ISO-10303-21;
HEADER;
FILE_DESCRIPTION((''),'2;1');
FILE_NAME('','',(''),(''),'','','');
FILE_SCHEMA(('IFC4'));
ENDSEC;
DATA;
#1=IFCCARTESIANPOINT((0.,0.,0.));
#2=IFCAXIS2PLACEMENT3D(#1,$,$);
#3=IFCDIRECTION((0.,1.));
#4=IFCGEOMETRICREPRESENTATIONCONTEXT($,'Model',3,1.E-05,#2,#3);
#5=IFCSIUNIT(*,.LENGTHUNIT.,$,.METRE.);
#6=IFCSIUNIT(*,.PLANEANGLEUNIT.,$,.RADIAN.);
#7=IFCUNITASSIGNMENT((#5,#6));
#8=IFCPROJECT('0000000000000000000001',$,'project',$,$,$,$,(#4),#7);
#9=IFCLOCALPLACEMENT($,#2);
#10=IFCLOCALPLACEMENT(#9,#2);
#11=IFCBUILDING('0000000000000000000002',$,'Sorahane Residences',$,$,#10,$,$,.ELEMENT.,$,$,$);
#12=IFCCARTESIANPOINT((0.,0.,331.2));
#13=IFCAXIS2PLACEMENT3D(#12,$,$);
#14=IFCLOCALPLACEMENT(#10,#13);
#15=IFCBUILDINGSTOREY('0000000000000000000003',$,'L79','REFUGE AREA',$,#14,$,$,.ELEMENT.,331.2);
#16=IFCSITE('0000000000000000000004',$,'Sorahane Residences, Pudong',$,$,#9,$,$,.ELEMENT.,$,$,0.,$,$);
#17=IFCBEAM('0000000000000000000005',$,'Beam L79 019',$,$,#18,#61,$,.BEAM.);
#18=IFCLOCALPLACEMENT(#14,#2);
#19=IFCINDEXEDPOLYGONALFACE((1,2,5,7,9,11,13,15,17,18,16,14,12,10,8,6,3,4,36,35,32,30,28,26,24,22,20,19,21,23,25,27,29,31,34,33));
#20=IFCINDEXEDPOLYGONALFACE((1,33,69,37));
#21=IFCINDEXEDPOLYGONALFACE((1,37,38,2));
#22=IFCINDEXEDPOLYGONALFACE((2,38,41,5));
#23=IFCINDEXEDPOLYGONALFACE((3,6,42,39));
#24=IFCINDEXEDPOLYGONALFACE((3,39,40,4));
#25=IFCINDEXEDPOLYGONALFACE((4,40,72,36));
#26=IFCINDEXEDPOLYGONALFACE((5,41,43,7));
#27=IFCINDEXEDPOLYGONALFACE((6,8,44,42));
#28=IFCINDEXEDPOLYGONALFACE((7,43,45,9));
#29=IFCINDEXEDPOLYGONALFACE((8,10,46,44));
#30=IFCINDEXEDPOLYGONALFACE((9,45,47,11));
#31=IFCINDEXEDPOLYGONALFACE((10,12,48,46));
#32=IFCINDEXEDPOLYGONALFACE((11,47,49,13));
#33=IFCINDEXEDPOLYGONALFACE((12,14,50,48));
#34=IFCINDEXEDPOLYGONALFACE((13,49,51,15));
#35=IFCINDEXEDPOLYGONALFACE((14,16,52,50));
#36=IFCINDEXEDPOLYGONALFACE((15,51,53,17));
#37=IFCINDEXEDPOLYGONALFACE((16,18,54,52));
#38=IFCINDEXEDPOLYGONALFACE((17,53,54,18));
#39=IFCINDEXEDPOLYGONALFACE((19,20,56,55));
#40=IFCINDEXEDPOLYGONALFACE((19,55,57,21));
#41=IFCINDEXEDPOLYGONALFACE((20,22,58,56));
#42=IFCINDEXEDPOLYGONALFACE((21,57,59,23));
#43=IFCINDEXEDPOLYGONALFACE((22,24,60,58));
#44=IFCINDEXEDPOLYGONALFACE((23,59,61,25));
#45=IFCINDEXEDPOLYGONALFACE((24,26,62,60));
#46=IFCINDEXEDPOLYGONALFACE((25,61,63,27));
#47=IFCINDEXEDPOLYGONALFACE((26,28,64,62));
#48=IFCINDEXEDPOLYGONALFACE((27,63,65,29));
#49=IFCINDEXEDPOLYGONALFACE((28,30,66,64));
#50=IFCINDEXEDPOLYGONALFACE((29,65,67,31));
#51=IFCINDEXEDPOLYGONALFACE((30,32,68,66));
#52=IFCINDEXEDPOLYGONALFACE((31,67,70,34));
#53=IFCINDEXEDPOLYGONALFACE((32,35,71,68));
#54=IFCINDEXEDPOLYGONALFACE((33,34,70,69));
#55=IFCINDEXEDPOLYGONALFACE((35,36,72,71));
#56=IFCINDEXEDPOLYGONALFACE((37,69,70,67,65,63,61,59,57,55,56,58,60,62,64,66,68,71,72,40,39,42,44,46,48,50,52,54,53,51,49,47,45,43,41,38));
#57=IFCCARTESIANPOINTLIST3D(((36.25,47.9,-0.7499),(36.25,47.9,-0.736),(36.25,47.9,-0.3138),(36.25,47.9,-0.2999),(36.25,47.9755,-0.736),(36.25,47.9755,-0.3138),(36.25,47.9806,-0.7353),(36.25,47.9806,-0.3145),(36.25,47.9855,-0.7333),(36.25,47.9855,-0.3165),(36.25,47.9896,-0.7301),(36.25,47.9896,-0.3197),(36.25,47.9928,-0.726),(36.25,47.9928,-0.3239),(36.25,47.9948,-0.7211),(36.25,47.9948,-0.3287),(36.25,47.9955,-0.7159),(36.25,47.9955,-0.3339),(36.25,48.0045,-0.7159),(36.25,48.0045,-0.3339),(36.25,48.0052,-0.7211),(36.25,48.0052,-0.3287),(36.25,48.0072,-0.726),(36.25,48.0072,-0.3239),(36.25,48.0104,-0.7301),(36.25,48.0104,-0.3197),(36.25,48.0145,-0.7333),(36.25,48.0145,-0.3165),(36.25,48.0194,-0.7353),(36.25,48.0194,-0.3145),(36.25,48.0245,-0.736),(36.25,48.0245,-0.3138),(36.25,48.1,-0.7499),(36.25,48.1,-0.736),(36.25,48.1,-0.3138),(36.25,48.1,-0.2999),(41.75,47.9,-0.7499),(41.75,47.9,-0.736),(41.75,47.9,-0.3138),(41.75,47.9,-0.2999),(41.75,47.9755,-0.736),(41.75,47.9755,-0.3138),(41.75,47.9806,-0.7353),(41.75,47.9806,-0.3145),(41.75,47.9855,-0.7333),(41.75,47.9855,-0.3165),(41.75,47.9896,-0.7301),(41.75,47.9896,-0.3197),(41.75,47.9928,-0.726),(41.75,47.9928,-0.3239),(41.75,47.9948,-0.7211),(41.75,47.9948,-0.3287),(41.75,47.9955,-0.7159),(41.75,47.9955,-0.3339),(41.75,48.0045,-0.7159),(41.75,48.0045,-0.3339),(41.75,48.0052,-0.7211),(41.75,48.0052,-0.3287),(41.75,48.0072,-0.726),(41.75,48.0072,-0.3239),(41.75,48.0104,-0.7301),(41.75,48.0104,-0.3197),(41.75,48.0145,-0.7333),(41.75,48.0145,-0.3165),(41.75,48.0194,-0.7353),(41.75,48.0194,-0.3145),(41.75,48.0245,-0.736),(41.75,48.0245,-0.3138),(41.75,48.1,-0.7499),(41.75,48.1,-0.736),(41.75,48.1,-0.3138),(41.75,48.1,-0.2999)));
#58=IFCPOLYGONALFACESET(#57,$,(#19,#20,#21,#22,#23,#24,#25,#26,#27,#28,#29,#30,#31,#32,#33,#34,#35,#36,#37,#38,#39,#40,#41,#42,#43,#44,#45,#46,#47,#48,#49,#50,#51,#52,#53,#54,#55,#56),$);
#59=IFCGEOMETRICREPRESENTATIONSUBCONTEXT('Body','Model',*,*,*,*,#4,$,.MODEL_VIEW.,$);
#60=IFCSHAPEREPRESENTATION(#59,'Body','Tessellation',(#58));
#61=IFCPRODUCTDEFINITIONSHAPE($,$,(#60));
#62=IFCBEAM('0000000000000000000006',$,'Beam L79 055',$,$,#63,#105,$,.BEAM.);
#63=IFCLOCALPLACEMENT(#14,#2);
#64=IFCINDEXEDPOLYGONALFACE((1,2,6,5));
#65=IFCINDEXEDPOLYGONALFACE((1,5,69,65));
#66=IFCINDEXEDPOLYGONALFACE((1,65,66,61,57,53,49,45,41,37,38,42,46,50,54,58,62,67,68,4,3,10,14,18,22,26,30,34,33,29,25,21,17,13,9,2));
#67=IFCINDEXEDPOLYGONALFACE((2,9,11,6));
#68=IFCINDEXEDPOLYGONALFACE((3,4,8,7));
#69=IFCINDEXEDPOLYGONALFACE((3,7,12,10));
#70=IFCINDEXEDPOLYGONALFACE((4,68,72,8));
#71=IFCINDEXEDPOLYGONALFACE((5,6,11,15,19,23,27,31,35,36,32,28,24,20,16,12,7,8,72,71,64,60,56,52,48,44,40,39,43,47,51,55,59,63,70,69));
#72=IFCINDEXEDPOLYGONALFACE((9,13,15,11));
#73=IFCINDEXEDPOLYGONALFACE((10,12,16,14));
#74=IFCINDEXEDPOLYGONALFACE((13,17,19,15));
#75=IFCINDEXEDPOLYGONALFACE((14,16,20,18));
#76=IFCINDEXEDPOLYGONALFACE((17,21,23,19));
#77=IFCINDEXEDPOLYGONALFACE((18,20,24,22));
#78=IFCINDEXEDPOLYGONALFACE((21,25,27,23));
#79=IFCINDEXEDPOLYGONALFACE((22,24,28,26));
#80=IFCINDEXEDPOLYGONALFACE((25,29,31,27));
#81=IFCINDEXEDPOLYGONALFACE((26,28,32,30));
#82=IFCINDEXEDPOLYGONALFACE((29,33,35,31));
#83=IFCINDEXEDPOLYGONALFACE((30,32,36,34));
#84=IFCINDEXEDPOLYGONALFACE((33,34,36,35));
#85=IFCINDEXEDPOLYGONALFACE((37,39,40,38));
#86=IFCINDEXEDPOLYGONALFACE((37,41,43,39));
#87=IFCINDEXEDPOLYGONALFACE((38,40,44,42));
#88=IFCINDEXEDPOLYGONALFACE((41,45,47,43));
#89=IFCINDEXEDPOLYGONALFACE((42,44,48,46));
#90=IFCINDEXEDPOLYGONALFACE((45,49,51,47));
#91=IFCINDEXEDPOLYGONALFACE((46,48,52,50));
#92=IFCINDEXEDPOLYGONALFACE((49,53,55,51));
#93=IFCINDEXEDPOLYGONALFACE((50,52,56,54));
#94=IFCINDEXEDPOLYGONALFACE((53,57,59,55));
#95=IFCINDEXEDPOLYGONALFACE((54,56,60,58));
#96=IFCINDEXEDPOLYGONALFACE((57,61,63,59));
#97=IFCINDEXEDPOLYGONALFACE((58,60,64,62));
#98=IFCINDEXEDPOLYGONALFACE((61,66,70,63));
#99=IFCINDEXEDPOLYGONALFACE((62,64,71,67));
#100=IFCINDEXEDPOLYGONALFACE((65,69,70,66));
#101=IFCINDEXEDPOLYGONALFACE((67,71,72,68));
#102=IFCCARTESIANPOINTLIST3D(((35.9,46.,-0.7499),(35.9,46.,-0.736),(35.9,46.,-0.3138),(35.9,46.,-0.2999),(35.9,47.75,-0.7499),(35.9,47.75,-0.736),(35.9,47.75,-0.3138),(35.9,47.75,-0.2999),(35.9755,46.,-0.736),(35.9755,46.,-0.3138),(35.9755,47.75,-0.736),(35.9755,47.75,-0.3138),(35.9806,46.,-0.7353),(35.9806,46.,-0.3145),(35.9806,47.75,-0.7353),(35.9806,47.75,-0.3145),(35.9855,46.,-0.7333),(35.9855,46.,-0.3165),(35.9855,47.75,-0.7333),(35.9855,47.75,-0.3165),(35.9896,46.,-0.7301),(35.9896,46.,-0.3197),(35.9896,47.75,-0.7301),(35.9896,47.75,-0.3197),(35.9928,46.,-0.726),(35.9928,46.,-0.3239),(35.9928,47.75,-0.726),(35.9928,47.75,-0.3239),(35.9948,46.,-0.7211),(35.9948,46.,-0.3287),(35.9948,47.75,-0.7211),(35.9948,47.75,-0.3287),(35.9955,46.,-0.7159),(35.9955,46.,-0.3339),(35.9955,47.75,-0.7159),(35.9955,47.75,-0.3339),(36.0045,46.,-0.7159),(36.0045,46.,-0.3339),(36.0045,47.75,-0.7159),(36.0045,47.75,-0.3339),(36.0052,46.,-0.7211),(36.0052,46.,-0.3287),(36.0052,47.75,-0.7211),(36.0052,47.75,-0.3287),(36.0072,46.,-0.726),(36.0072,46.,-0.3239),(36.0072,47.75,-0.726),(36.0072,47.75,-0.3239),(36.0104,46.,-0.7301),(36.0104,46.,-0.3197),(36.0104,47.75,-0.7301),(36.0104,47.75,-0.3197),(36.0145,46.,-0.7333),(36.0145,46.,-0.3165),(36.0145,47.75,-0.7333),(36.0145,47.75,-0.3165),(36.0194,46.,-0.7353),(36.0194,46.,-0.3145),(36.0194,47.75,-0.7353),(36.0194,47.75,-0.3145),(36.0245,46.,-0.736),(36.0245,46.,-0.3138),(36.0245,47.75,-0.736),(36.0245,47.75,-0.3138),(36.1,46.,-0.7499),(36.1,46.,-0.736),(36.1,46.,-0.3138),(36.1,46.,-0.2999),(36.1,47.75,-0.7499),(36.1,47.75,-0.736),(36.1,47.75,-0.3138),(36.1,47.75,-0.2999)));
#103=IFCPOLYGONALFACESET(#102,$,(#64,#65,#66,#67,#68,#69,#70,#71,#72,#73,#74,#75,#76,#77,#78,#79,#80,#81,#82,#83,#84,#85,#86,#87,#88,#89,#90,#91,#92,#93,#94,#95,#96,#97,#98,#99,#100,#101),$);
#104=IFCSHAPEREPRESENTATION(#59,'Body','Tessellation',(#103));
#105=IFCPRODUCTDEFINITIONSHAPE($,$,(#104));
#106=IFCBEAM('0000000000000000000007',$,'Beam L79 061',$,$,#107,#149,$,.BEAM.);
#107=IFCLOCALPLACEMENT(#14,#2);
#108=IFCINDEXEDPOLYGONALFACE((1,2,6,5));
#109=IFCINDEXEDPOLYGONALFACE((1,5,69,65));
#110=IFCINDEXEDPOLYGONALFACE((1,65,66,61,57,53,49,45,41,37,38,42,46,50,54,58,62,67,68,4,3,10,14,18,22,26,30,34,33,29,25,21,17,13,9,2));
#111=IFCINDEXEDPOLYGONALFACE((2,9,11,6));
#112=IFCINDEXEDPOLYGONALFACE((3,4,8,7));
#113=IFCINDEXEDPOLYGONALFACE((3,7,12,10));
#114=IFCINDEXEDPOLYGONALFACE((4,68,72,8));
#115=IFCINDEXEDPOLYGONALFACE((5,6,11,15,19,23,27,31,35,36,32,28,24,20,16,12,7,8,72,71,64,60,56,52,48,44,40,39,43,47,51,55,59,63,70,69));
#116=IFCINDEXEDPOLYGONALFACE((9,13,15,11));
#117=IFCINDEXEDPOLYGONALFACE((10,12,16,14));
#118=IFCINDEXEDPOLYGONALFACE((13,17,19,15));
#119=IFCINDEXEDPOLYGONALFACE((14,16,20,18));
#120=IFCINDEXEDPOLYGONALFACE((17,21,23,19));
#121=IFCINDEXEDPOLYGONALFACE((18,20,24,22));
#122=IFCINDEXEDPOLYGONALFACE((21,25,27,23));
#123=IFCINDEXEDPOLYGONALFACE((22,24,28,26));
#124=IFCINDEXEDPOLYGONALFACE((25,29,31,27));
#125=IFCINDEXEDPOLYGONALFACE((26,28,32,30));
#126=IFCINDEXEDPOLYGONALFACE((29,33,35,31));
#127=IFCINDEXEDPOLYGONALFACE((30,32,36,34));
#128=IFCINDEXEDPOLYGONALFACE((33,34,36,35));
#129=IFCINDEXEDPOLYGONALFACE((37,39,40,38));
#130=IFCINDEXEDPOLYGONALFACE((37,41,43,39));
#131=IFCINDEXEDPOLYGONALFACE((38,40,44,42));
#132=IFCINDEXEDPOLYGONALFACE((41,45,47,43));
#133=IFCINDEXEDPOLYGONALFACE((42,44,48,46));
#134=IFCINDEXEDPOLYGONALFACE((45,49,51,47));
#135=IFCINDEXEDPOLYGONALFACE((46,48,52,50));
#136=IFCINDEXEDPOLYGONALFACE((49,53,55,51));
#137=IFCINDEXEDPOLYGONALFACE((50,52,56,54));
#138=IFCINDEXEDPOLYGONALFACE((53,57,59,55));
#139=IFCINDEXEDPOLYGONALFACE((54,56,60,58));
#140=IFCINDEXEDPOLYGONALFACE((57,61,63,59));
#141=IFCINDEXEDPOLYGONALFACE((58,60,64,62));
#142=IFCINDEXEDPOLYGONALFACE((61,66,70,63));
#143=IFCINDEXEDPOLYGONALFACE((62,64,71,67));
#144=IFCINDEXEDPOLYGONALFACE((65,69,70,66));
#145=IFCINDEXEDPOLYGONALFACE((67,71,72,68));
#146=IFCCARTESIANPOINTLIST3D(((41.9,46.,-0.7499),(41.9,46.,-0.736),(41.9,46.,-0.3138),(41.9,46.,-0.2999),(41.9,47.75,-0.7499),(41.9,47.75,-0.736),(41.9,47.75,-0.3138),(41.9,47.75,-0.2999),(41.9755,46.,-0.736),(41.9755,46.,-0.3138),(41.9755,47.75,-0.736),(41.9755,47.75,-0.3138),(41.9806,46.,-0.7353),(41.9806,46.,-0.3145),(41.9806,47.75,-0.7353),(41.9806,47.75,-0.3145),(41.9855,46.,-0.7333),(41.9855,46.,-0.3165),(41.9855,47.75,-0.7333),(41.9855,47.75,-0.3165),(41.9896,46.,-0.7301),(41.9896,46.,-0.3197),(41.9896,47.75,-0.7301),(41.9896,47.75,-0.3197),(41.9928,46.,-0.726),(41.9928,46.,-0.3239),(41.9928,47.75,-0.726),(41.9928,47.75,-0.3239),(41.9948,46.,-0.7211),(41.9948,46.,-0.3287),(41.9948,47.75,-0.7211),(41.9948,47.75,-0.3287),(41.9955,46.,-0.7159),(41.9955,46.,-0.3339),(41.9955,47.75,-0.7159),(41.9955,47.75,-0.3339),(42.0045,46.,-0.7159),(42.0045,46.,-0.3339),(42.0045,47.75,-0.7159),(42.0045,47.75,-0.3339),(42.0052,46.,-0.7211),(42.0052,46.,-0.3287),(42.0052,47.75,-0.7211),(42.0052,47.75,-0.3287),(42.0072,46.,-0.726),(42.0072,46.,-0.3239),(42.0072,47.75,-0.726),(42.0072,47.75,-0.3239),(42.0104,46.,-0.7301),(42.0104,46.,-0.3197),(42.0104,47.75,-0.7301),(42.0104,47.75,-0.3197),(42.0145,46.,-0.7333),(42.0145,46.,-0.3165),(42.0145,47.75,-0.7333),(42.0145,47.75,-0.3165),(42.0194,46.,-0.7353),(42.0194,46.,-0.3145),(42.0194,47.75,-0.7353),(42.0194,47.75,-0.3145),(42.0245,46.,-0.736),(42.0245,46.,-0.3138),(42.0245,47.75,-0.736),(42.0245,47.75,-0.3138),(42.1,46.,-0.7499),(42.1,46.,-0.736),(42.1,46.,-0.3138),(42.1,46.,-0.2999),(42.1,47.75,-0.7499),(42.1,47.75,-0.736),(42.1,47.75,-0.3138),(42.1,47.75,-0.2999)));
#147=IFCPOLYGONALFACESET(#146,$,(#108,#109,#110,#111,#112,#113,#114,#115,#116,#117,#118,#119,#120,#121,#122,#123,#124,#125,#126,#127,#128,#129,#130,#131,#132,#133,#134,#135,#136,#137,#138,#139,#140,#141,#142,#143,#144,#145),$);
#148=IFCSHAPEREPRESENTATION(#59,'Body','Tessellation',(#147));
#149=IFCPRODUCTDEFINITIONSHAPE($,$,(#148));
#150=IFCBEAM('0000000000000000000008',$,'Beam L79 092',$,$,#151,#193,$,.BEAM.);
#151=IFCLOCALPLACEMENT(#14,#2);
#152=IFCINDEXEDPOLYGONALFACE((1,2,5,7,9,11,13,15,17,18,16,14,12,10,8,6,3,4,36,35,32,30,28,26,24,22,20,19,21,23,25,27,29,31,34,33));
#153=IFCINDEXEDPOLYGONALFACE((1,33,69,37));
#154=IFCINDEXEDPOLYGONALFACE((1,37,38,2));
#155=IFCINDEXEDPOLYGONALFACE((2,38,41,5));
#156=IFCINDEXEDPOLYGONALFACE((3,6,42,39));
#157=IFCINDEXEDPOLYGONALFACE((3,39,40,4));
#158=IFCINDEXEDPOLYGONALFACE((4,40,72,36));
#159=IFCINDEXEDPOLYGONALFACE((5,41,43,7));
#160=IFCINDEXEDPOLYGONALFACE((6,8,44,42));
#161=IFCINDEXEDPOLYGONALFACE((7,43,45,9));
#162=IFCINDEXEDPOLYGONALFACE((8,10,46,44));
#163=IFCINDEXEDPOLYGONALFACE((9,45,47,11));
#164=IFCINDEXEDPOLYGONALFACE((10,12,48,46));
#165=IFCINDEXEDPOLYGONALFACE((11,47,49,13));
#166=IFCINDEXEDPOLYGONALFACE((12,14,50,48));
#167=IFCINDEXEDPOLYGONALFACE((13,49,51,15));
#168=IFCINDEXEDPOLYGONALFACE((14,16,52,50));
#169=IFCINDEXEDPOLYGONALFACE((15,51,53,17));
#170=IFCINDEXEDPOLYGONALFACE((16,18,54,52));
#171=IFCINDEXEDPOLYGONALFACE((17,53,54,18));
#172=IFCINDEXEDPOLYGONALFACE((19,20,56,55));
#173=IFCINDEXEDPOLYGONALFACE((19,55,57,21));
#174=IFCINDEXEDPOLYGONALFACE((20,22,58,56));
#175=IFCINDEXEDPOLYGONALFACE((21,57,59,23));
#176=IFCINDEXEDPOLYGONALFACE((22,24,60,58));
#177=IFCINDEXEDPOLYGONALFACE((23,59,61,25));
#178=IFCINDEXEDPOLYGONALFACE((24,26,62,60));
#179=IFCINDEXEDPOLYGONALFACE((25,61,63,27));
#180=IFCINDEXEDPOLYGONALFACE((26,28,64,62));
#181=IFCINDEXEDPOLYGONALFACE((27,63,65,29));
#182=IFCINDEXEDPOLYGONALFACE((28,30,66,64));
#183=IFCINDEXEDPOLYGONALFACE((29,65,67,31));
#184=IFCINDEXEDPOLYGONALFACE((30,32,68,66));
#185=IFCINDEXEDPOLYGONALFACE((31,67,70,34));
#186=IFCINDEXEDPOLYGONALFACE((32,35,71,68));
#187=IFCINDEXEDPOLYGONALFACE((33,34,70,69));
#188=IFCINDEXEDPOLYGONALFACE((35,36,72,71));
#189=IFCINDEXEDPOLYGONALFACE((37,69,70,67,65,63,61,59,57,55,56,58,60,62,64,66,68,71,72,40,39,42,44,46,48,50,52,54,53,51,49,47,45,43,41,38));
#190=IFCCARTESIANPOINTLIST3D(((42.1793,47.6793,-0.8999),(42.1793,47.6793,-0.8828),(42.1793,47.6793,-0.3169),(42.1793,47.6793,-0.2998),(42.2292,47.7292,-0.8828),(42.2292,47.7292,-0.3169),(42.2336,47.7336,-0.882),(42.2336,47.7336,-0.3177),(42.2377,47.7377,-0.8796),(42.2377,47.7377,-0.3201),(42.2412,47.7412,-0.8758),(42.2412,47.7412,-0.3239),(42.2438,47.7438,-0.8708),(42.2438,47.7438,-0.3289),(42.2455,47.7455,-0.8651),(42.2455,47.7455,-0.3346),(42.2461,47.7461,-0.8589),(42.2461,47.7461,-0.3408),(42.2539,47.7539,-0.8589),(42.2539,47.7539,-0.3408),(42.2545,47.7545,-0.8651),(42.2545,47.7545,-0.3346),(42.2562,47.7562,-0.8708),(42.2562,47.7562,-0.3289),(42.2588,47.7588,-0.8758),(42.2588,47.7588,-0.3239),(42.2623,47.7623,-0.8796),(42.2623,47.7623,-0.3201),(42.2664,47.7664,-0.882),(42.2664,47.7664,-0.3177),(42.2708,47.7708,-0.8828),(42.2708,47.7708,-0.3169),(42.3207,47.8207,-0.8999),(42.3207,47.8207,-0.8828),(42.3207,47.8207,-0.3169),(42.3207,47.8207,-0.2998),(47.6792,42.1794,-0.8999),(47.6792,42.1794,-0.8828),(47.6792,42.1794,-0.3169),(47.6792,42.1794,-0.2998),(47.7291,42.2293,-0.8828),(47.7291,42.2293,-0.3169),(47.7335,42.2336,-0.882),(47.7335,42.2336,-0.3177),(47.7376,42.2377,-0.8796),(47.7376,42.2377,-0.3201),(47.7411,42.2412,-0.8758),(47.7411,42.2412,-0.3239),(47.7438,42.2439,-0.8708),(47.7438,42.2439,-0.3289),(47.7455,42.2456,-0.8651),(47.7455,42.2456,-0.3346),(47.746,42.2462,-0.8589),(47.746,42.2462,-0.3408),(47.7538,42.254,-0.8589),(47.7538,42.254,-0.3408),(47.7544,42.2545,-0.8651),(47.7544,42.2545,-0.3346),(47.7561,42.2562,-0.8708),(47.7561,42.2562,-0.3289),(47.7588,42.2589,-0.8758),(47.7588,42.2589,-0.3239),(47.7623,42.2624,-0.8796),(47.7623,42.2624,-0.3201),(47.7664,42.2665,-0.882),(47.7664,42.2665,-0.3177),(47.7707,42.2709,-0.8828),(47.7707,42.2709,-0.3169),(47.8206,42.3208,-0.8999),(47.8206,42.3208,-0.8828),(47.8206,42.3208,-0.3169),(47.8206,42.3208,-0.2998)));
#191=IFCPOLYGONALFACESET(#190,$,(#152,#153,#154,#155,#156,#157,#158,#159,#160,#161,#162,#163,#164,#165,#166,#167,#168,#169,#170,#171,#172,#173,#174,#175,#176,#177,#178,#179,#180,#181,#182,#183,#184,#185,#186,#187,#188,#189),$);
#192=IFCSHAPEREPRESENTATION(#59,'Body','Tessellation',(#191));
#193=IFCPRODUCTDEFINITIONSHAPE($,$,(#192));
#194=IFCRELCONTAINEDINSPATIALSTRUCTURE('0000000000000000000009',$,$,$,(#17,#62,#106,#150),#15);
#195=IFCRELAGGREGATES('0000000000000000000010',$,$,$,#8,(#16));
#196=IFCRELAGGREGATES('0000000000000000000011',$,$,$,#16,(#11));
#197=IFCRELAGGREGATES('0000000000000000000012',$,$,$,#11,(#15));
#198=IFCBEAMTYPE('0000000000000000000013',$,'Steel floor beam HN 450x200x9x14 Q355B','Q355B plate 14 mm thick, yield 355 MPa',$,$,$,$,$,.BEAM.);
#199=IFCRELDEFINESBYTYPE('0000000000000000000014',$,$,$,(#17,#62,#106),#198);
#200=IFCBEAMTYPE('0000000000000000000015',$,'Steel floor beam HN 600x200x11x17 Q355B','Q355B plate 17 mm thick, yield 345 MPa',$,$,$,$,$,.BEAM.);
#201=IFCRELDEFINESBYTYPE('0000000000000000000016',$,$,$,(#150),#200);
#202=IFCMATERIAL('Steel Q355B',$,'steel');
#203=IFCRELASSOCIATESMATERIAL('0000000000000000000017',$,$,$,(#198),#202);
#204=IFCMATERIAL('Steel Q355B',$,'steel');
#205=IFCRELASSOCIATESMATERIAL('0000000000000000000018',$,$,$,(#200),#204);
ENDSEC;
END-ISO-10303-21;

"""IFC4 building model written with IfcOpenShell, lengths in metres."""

from ifc_helpers import new_model, si_unit, direction, frame, origin, origin_2d, place, context, subcontext, project, spatial, i_section, extrude, material, material_profile, profile_set, type_object, element, save


model = new_model("IFC4")

# Units and contexts
model_context = context("Model", 3, precision=1e-05, world=origin(), true_north=direction((0.0, 1.0)))
body_context = subcontext(model_context, "Body", "Model", "MODEL_VIEW")
ifc_project = project(units=[si_unit("LENGTHUNIT", "METRE"), si_unit("PLANEANGLEUNIT", "RADIAN")], contexts=[model_context])

# Site, building, storey
site_placement = place(None, origin())
site = spatial("IfcSite", under=ifc_project, at=site_placement, Name="Sorahane Residences, Pudong", CompositionType="ELEMENT", RefElevation=0.0)
building_placement = place(site_placement, origin())
building = spatial("IfcBuilding", under=site, at=building_placement, Name="Sorahane Residences", CompositionType="ELEMENT")
storey_placement = place(building_placement, frame((0.0, 0.0, 331.2)))
storey = spatial("IfcBuildingStorey", under=building, at=storey_placement, Name="L79", Description="REFUGE AREA", CompositionType="ELEMENT", Elevation=331.2)

# Beams
ifc_material_1 = material(Name="Steel Q355B", Category="steel")
ifc_material_profile_1 = material_profile(ifc_material_1, i_section(OverallWidth=0.2, OverallDepth=0.45, WebThickness=0.009, FlangeThickness=0.0139, FilletRadius=0.02, at=origin_2d()), Name="HN 450x200x9x14")
ifc_profile_set_1 = profile_set([ifc_material_profile_1], Name="Steel Q355B")
beam_type_1 = type_object("IfcBeamType", Name="Steel floor beam HN 450x200x9x14 Q355B", Description="Q355B plate 14 mm thick, yield 355 MPa", PredefinedType="BEAM", material=ifc_profile_set_1)
beam_1_placement = place(storey_placement, frame((36.25, 48.0, -0.5249), z_axis=(1.0, 0.0, 0.0), x_axis=(0.0, 1.0, 0.0)))
element("IfcBeam", 1, at=beam_1_placement, inside=storey, type_object=beam_type_1, Name="Beam L79 019", PredefinedType="BEAM", context=body_context, shape_type="SweptSolid", body=[
    extrude(i_section(OverallWidth=0.2, OverallDepth=0.45, WebThickness=0.009, FlangeThickness=0.0139, FilletRadius=0.02, at=origin_2d()), origin(), (0.0, 0.0, 1.0), 5.5),
])
for number, where, z_axis, x_axis, name in (
    (2, (36.0, 46.0, -0.5249), (0.0, 1.0, 0.0), (-1.0, 0.0, 0.0), "Beam L79 055"),
    (3, (42.0, 46.0, -0.5249), (0.0, 1.0, 0.0), (-1.0, 0.0, 0.0), "Beam L79 061"),
):
    element("IfcBeam", number, at=place(storey_placement, frame(where, z_axis=z_axis, x_axis=x_axis)), inside=storey, type_object=beam_type_1, Name=name, PredefinedType="BEAM", context=body_context, shape_type="SweptSolid", body=[
        extrude(i_section(OverallWidth=0.2, OverallDepth=0.45, WebThickness=0.009, FlangeThickness=0.0139, FilletRadius=0.02, at=origin_2d()), origin(), (0.0, 0.0, 1.0), 1.75),
    ])
ifc_material_2 = material(Name="Steel Q355B", Category="steel")
ifc_material_profile_2 = material_profile(ifc_material_2, i_section(OverallWidth=0.2, OverallDepth=0.6001, WebThickness=0.011, FlangeThickness=0.0171, FilletRadius=0.0239, at=origin_2d()), Name="HN 600x200x11x17")
ifc_profile_set_2 = profile_set([ifc_material_profile_2], Name="Steel Q355B")
beam_type_2 = type_object("IfcBeamType", Name="Steel floor beam HN 600x200x11x17 Q355B", Description="Q355B plate 17 mm thick, yield 345 MPa", PredefinedType="BEAM", material=ifc_profile_set_2)
beam_2_placement = place(storey_placement, frame((42.25, 47.75, -0.5999), z_axis=(0.707107, -0.707107, 0.0), x_axis=(0.707107, 0.707107, 0.0)))
element("IfcBeam", 4, at=beam_2_placement, inside=storey, type_object=beam_type_2, Name="Beam L79 092", PredefinedType="BEAM", context=body_context, shape_type="SweptSolid", body=[
    extrude(i_section(OverallWidth=0.2, OverallDepth=0.6001, WebThickness=0.011, FlangeThickness=0.0171, FilletRadius=0.0239, at=origin_2d()), origin(), (0.0, 0.0, 1.0), 7.7781),
])

save(model, "model.ifc")
